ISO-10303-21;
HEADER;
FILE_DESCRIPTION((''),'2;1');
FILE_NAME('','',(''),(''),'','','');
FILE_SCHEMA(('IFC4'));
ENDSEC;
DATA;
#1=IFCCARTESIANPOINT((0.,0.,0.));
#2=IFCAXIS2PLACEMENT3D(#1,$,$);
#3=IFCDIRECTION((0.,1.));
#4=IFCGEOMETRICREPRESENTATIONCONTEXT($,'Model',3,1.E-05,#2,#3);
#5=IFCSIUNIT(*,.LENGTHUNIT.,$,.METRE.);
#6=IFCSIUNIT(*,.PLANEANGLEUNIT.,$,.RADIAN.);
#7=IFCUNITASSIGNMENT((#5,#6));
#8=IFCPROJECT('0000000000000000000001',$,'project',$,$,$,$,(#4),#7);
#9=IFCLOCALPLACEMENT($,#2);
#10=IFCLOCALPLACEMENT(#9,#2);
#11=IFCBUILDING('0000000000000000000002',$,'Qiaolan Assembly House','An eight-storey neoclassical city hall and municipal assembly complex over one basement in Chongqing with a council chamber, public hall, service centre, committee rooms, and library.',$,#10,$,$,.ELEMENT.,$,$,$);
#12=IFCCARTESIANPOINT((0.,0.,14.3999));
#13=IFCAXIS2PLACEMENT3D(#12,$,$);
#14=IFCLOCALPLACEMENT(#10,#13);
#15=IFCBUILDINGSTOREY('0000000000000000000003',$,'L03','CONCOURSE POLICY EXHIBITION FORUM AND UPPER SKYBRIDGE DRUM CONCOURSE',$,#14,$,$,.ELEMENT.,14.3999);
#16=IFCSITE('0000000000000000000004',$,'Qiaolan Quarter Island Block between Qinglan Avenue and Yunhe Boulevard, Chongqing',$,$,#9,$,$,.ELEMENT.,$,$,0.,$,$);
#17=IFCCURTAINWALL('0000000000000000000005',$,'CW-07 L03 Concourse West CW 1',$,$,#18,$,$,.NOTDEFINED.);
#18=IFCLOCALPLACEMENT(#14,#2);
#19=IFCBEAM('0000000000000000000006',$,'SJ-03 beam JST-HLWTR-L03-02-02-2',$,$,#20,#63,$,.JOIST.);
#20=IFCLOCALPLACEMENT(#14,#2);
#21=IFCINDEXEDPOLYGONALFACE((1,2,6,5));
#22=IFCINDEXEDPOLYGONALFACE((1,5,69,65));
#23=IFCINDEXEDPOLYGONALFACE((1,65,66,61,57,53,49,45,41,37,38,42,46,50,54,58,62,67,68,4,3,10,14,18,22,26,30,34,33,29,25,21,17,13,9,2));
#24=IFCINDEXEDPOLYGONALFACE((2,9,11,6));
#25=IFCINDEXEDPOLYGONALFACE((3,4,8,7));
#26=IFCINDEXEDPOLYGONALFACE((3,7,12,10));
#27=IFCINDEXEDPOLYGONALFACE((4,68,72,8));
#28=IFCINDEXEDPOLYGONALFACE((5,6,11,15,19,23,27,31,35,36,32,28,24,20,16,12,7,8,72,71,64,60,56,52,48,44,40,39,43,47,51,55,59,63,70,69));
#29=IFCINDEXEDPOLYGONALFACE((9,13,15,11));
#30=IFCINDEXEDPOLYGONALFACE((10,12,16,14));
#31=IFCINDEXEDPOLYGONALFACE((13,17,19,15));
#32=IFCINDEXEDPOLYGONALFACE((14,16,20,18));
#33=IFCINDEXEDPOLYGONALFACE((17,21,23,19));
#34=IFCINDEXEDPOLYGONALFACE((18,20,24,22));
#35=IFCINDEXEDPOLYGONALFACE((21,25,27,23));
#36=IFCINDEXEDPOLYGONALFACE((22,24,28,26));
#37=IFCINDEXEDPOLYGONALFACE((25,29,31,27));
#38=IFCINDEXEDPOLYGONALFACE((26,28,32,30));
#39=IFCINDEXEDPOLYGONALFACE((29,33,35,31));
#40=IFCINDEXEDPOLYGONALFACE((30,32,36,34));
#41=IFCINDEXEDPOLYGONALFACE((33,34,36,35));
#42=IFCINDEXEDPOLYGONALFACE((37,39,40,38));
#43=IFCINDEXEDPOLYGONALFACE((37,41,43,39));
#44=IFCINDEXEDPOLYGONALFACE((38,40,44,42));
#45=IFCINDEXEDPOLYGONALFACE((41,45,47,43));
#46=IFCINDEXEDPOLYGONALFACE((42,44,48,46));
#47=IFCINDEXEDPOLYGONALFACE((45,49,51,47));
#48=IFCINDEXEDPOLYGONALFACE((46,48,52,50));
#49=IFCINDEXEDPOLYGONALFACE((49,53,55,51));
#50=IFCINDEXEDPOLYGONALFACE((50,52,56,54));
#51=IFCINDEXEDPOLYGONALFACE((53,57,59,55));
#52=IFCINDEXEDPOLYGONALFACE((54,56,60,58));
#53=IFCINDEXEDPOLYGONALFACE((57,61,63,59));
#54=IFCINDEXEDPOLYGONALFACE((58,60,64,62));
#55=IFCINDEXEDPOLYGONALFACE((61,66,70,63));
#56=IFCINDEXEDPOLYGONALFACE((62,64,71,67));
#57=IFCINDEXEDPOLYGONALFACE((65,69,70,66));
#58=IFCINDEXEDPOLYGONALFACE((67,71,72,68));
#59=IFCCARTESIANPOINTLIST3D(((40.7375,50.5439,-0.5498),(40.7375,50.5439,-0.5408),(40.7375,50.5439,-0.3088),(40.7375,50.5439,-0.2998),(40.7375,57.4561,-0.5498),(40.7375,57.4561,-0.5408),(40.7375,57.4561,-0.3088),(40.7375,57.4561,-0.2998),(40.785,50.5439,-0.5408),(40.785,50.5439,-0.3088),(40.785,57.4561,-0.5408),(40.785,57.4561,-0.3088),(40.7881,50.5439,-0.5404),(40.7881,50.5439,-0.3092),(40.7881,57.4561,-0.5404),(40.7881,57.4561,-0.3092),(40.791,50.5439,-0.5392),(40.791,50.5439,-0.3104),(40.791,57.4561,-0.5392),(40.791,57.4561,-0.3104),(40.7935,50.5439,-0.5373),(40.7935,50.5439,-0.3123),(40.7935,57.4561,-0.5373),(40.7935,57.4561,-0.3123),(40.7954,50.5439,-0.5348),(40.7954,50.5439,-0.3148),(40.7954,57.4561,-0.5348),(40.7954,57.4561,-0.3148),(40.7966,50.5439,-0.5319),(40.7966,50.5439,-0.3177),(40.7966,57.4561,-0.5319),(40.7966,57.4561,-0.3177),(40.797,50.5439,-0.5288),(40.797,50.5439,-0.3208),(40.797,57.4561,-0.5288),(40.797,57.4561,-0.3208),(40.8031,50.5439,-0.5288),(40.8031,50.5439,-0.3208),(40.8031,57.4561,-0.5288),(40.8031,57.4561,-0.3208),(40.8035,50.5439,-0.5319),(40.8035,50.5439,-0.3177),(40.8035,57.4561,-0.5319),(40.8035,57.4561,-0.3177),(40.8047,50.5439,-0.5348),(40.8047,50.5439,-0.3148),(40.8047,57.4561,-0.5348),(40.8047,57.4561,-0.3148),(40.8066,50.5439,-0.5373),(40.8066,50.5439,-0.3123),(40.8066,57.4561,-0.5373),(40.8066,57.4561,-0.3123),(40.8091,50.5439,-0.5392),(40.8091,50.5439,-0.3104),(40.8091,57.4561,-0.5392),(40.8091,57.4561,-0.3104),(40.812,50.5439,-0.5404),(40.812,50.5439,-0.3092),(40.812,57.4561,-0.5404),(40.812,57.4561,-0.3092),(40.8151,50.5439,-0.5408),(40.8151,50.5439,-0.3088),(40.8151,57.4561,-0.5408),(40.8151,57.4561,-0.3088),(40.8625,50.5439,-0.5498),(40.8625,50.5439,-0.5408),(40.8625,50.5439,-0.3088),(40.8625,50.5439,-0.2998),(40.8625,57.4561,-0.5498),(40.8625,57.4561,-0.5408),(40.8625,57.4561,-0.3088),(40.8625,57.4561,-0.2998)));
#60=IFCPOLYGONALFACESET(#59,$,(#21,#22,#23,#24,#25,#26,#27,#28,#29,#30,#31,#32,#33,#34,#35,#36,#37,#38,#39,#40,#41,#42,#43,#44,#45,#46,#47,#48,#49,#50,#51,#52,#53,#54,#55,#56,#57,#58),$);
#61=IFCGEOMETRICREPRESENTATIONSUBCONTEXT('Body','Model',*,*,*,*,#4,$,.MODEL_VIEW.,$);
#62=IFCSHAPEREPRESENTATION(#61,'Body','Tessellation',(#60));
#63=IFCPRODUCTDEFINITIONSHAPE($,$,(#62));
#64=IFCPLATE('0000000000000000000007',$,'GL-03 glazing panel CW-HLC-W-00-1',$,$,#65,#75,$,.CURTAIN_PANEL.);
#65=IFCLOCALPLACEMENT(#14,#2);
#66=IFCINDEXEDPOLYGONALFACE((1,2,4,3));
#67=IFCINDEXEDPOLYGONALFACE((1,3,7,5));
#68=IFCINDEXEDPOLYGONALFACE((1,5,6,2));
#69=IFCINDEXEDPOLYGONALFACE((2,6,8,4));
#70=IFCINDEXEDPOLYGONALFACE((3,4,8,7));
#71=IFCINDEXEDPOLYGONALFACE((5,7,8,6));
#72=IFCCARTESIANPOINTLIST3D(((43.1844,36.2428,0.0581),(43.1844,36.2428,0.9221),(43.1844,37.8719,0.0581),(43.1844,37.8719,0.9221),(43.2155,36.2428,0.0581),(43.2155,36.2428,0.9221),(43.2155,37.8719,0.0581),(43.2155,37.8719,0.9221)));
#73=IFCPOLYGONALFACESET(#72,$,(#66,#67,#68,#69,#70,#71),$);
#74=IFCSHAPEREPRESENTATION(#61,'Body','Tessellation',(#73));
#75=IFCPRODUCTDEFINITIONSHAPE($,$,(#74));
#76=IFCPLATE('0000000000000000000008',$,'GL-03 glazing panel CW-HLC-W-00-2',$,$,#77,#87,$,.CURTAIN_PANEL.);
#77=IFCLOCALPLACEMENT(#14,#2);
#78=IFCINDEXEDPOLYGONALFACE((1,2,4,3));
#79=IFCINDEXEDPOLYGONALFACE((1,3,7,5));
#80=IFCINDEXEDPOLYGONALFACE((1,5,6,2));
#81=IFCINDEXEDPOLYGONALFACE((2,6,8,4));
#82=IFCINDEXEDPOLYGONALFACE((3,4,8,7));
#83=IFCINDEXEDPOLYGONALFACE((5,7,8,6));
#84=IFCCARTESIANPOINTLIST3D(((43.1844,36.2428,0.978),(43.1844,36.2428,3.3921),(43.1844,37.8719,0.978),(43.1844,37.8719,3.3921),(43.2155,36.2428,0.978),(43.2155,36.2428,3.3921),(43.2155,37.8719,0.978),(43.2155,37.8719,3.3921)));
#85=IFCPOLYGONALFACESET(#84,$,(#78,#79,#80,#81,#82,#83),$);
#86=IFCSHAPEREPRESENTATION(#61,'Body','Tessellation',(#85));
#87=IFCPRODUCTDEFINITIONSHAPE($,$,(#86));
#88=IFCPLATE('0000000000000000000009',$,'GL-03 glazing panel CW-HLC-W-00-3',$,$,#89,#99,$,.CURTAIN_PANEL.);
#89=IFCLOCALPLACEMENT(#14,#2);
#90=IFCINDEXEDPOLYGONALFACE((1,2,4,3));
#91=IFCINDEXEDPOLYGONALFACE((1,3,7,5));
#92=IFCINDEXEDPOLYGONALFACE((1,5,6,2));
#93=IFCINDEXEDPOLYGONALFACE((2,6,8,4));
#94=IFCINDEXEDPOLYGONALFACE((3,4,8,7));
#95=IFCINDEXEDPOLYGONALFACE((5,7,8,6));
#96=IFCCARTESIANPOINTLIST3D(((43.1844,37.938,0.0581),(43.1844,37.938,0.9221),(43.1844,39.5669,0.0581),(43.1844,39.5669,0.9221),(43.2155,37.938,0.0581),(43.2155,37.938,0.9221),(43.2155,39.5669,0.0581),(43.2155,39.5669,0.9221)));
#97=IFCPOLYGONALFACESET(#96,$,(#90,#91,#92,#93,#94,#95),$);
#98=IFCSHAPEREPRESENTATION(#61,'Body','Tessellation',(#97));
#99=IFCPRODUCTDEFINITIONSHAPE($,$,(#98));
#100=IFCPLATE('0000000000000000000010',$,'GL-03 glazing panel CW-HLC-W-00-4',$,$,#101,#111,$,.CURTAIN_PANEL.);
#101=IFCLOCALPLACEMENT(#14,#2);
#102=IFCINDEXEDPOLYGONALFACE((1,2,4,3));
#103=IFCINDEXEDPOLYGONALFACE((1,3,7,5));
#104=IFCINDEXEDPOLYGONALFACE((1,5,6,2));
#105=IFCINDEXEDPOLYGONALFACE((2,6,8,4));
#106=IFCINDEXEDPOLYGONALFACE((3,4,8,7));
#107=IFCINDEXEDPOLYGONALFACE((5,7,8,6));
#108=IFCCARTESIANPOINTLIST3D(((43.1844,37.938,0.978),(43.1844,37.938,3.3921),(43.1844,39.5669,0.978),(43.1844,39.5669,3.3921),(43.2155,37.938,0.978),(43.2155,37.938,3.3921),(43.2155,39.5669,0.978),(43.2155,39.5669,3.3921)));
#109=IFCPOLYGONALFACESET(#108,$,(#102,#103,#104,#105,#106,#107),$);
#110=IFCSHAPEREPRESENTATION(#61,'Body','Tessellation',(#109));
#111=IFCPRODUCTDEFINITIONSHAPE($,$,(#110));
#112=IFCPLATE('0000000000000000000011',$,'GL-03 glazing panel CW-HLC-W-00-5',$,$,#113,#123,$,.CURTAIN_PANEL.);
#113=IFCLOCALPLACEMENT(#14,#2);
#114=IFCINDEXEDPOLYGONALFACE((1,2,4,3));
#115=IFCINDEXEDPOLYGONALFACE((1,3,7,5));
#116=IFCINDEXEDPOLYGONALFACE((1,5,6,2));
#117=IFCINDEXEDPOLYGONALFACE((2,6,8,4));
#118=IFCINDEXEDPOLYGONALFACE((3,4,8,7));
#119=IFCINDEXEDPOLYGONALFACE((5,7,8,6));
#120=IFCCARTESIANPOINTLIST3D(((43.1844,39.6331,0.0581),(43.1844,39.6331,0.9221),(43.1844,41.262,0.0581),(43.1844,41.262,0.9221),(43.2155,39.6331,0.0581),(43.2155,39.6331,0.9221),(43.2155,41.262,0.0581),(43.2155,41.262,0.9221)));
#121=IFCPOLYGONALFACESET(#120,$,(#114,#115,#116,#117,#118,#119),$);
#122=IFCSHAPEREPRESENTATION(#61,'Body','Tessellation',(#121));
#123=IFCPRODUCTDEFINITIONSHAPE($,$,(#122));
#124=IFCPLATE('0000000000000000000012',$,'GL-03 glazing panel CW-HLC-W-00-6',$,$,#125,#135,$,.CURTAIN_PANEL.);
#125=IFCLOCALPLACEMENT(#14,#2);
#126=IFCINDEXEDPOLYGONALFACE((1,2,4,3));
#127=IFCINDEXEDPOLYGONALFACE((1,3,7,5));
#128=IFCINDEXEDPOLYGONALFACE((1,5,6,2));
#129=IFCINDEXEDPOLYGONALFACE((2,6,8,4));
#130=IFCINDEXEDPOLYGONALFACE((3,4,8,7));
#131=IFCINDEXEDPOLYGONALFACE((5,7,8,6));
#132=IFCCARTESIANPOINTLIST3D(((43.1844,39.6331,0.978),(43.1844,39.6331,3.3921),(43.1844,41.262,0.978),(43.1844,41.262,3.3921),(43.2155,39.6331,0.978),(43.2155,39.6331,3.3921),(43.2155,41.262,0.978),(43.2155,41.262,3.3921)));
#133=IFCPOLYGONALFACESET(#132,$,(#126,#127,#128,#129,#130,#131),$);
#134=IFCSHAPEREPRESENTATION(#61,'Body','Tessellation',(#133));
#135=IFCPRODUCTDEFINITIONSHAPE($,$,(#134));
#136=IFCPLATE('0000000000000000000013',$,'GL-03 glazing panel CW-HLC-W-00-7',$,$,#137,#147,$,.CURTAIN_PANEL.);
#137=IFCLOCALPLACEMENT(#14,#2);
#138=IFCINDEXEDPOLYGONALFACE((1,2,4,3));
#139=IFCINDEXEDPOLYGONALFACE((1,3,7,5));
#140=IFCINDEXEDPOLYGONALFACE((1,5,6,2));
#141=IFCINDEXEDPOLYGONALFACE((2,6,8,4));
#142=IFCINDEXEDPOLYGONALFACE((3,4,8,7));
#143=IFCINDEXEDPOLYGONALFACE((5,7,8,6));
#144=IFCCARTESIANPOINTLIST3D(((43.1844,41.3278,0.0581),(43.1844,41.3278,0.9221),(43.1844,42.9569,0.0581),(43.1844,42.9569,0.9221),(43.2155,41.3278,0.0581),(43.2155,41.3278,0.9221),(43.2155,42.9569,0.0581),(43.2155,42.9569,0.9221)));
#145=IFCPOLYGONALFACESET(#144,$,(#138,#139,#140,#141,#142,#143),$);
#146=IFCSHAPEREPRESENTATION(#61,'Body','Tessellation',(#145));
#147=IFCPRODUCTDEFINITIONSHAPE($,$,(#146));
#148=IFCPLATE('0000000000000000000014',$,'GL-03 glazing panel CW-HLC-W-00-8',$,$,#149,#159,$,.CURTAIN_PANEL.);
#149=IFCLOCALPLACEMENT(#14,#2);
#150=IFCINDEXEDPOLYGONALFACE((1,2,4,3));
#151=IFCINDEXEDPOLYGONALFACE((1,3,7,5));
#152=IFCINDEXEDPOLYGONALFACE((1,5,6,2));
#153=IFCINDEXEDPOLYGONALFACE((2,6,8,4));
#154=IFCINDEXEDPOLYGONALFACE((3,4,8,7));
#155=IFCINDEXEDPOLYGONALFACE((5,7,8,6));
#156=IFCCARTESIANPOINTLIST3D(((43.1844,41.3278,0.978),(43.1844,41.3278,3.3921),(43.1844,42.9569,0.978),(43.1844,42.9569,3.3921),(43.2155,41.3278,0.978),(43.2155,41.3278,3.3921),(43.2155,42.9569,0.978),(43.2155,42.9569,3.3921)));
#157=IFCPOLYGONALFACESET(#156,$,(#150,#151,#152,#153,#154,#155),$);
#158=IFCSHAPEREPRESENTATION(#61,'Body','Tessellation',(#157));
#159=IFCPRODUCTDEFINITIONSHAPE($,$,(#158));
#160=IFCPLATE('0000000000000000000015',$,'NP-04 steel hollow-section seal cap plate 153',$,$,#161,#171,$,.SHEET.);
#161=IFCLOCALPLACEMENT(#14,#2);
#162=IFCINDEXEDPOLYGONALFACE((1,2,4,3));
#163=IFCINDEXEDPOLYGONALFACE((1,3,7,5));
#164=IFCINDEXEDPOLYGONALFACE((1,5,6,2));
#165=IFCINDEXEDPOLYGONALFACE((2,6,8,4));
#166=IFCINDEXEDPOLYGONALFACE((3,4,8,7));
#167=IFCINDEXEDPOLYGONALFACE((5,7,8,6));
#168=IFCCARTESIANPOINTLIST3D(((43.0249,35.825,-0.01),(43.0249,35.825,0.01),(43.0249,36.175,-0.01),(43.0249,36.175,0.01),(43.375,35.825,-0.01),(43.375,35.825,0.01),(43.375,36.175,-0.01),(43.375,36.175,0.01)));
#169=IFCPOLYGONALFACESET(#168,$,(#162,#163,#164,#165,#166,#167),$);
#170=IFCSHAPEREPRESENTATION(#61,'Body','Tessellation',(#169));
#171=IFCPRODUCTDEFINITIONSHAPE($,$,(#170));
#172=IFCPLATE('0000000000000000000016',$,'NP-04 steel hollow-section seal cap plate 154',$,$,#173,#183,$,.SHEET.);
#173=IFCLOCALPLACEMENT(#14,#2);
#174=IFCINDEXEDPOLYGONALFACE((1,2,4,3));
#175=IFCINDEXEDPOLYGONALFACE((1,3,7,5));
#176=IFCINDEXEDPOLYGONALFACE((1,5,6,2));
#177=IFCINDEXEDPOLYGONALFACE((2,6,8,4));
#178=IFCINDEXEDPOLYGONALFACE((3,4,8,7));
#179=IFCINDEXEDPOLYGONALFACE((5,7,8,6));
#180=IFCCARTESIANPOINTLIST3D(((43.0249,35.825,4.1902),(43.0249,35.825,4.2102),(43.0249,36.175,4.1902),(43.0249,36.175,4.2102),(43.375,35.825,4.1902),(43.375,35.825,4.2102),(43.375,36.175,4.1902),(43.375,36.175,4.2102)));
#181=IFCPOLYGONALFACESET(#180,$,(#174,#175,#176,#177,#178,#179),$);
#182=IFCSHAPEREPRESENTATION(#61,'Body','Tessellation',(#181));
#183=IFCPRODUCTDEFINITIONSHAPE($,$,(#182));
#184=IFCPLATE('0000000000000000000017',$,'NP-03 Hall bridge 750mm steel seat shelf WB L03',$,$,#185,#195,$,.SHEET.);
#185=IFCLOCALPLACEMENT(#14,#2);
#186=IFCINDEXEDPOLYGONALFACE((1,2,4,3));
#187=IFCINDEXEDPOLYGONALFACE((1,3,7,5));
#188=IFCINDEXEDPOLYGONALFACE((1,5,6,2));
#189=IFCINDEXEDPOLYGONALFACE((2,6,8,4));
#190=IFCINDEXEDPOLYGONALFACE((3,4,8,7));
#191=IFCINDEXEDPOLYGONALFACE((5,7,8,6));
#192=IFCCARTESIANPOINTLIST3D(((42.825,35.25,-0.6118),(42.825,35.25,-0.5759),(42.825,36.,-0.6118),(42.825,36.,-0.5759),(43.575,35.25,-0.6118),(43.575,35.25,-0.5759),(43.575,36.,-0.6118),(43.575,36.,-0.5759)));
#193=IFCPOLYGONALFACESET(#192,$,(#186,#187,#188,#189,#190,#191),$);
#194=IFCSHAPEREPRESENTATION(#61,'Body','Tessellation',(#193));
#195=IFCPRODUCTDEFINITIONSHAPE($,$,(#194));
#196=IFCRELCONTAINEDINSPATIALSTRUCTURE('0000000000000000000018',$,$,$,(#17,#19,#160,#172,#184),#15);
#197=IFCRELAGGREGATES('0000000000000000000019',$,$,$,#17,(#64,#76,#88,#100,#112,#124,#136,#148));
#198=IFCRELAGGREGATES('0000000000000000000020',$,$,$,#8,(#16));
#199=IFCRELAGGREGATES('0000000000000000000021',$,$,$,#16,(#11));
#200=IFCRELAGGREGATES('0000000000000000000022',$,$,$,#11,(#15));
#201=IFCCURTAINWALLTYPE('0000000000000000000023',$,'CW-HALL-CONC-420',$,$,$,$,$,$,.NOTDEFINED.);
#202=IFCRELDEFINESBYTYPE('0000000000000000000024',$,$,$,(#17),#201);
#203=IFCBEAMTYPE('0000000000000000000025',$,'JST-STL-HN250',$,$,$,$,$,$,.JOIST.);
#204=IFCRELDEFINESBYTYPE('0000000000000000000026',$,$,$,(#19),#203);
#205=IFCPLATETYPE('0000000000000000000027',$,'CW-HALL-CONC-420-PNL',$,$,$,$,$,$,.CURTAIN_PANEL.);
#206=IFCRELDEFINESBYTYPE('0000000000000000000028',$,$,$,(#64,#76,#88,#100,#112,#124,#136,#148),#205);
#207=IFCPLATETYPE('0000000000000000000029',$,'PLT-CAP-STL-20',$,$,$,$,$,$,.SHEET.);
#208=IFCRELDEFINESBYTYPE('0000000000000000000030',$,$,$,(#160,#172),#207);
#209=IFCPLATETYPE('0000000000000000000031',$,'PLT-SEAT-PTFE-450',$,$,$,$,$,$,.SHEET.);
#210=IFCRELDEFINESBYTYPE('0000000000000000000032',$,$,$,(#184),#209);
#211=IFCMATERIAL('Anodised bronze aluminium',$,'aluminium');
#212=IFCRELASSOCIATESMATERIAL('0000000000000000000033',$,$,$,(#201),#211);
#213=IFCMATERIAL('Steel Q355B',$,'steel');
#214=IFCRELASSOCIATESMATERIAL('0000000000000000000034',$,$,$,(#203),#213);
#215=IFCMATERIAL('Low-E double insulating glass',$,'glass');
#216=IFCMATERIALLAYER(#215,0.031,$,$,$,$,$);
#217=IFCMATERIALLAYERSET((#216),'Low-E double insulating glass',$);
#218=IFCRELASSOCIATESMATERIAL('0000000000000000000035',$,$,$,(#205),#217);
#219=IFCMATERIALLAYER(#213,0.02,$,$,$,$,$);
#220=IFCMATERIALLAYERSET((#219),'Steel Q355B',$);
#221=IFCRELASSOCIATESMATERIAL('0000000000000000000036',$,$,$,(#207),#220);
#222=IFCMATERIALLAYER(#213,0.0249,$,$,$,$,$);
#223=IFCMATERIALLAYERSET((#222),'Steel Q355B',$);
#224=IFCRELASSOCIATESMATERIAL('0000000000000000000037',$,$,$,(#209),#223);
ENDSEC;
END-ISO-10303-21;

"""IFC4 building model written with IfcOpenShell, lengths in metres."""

from ifc_helpers import new_model, si_unit, direction, frame, frame_2d, origin, origin_2d, place, context, subcontext, project, spatial, rectangle, i_section, extrude, material, layer, layer_set, material_profile, profile_set, type_object, element, aggregate, save


model = new_model("IFC4")

# Units and contexts
model_context = context("Model", 3, precision=1e-05, world=origin(), true_north=direction((0.0, 1.0)))
body_context = subcontext(model_context, "Body", "Model", "MODEL_VIEW")
ifc_project = project(units=[si_unit("LENGTHUNIT", "METRE"), si_unit("PLANEANGLEUNIT", "RADIAN")], contexts=[model_context])

# Site, building, storey
site_placement = place(None, origin())
site = spatial("IfcSite", under=ifc_project, at=site_placement, Name="Qiaolan Quarter Island Block between Qinglan Avenue and Yunhe Boulevard, Chongqing", CompositionType="ELEMENT", RefElevation=0.0)
building_placement = place(site_placement, origin())
building = spatial("IfcBuilding", under=site, at=building_placement, Name="Qiaolan Assembly House", Description="An eight-storey neoclassical city hall and municipal assembly complex over one basement in Chongqing with a council chamber, public hall, service centre, committee rooms, and library.", CompositionType="ELEMENT")
storey_placement = place(building_placement, frame((0.0, 0.0, 14.3999)))
storey = spatial("IfcBuildingStorey", under=building, at=storey_placement, Name="L03", Description="CONCOURSE POLICY EXHIBITION FORUM AND UPPER SKYBRIDGE DRUM CONCOURSE", CompositionType="ELEMENT", Elevation=14.3999)

# Shared definitions
ifc_material_1 = material(Name="Steel Q355B", Category="steel")

# Curtain wall
ifc_material_2 = material(Name="Anodised bronze aluminium", Category="aluminium")
curtain_wall_type = type_object("IfcCurtainWallType", Name="CW-HALL-CONC-420", PredefinedType="NOTDEFINED", material=ifc_material_2)
curtain_wall_placement = place(storey_placement, origin())
curtain_wall = element("IfcCurtainWall", 1, at=curtain_wall_placement, inside=storey, type_object=curtain_wall_type, Name="CW-07 L03 Concourse West CW 1", PredefinedType="NOTDEFINED")

# Beam
ifc_material_profile_1 = material_profile(ifc_material_1, i_section(OverallWidth=0.125, OverallDepth=0.25, WebThickness=0.0061, FlangeThickness=0.009, FilletRadius=0.012, at=origin_2d()), Name="HN 250x125x6x9")
ifc_profile_set_1 = profile_set([ifc_material_profile_1], Name="Steel Q355B")
beam_type_1 = type_object("IfcBeamType", Name="JST-STL-HN250", PredefinedType="JOIST", material=ifc_profile_set_1)
for number, where, z_axis, x_axis, name in (
    (2, (40.8, 50.5439, -0.4248), (0.0, 1.0, 0.0), (-1.0, 0.0, 0.0), "SJ-03 beam JST-HLWTR-L03-02-02-2"),
):
    element("IfcBeam", number, at=place(storey_placement, frame(where, z_axis=z_axis, x_axis=x_axis)), inside=storey, type_object=beam_type_1, Name=name, PredefinedType="JOIST", context=body_context, shape_type="SweptSolid", body=[
        extrude(i_section(OverallWidth=0.125, OverallDepth=0.25, WebThickness=0.0061, FlangeThickness=0.009, FilletRadius=0.012, at=origin_2d()), origin(), (0.0, 0.0, 1.0), 6.9121),
    ])

# Plates
ifc_material_3 = material(Name="Low-E double insulating glass", Category="glass")
ifc_layer_1 = layer(ifc_material_3, 0.031)
ifc_layer_set_1 = layer_set([ifc_layer_1], Name="Low-E double insulating glass")
plate_type_1 = type_object("IfcPlateType", Name="CW-HALL-CONC-420-PNL", PredefinedType="CURTAIN_PANEL", material=ifc_layer_set_1)
plate_1_placement = place(storey_placement, frame((43.2, 36.2429, 0.0581), z_axis=(0.0, 0.0, 1.0), x_axis=(0.0, 1.0, 0.0)))
plate_1 = element("IfcPlate", 3, at=plate_1_placement, type_object=plate_type_1, Name="GL-03 glazing panel CW-HLC-W-00-1", PredefinedType="CURTAIN_PANEL", context=body_context, shape_type="SweptSolid", body=[
    extrude(rectangle(XDim=1.6292, YDim=0.031, at=frame_2d((0.8145, 0.0))), origin(), (0.0, 0.0, 1.0), 0.864),
])
plate_2_placement = place(storey_placement, frame((43.2, 36.2429, 0.978), z_axis=(0.0, 0.0, 1.0), x_axis=(0.0, 1.0, 0.0)))
plate_2 = element("IfcPlate", 4, at=plate_2_placement, type_object=plate_type_1, Name="GL-03 glazing panel CW-HLC-W-00-2", PredefinedType="CURTAIN_PANEL", context=body_context, shape_type="SweptSolid", body=[
    extrude(rectangle(XDim=1.6292, YDim=0.031, at=frame_2d((0.8145, 0.0))), origin(), (0.0, 0.0, 1.0), 2.4141),
])
plate_3_placement = place(storey_placement, frame((43.2, 37.938, 0.0581), z_axis=(0.0, 0.0, 1.0), x_axis=(0.0, 1.0, 0.0)))
plate_3 = element("IfcPlate", 5, at=plate_3_placement, type_object=plate_type_1, Name="GL-03 glazing panel CW-HLC-W-00-3", PredefinedType="CURTAIN_PANEL", context=body_context, shape_type="SweptSolid", body=[
    extrude(rectangle(XDim=1.6289, YDim=0.031, at=frame_2d((0.8145, 0.0))), origin(), (0.0, 0.0, 1.0), 0.864),
])
plate_4_placement = place(storey_placement, frame((43.2, 37.938, 0.978), z_axis=(0.0, 0.0, 1.0), x_axis=(0.0, 1.0, 0.0)))
plate_4 = element("IfcPlate", 6, at=plate_4_placement, type_object=plate_type_1, Name="GL-03 glazing panel CW-HLC-W-00-4", PredefinedType="CURTAIN_PANEL", context=body_context, shape_type="SweptSolid", body=[
    extrude(rectangle(XDim=1.6289, YDim=0.031, at=frame_2d((0.8145, 0.0))), origin(), (0.0, 0.0, 1.0), 2.4141),
])
plate_5_placement = place(storey_placement, frame((43.2, 39.6331, 0.0581), z_axis=(0.0, 0.0, 1.0), x_axis=(0.0, 1.0, 0.0)))
plate_5 = element("IfcPlate", 7, at=plate_5_placement, type_object=plate_type_1, Name="GL-03 glazing panel CW-HLC-W-00-5", PredefinedType="CURTAIN_PANEL", context=body_context, shape_type="SweptSolid", body=[
    extrude(rectangle(XDim=1.6289, YDim=0.031, at=frame_2d((0.8145, 0.0))), origin(), (0.0, 0.0, 1.0), 0.864),
])
plate_6_placement = place(storey_placement, frame((43.2, 39.6331, 0.978), z_axis=(0.0, 0.0, 1.0), x_axis=(0.0, 1.0, 0.0)))
plate_6 = element("IfcPlate", 8, at=plate_6_placement, type_object=plate_type_1, Name="GL-03 glazing panel CW-HLC-W-00-6", PredefinedType="CURTAIN_PANEL", context=body_context, shape_type="SweptSolid", body=[
    extrude(rectangle(XDim=1.6289, YDim=0.031, at=frame_2d((0.8145, 0.0))), origin(), (0.0, 0.0, 1.0), 2.4141),
])
plate_7_placement = place(storey_placement, frame((43.2, 41.3279, 0.0581), z_axis=(0.0, 0.0, 1.0), x_axis=(0.0, 1.0, 0.0)))
plate_7 = element("IfcPlate", 9, at=plate_7_placement, type_object=plate_type_1, Name="GL-03 glazing panel CW-HLC-W-00-7", PredefinedType="CURTAIN_PANEL", context=body_context, shape_type="SweptSolid", body=[
    extrude(rectangle(XDim=1.6292, YDim=0.031, at=frame_2d((0.8145, 0.0))), origin(), (0.0, 0.0, 1.0), 0.864),
])
plate_8_placement = place(storey_placement, frame((43.2, 41.3279, 0.978), z_axis=(0.0, 0.0, 1.0), x_axis=(0.0, 1.0, 0.0)))
plate_8 = element("IfcPlate", 10, at=plate_8_placement, type_object=plate_type_1, Name="GL-03 glazing panel CW-HLC-W-00-8", PredefinedType="CURTAIN_PANEL", context=body_context, shape_type="SweptSolid", body=[
    extrude(rectangle(XDim=1.6292, YDim=0.031, at=frame_2d((0.8145, 0.0))), origin(), (0.0, 0.0, 1.0), 2.4141),
])
aggregate(curtain_wall, [plate_1, plate_2, plate_3, plate_4, plate_5, plate_6, plate_7, plate_8])

# Plates
ifc_layer_2 = layer(ifc_material_1, 0.02)
ifc_layer_set_2 = layer_set([ifc_layer_2], Name="Steel Q355B")
plate_type_2 = type_object("IfcPlateType", Name="PLT-CAP-STL-20", PredefinedType="SHEET", material=ifc_layer_set_2)
for number, where, z_axis, x_axis, name in (
    (11, (43.2, 36.0, -0.01), (0.0, 0.0, 1.0), (1.0, 0.0, 0.0), "NP-04 steel hollow-section seal cap plate 153"),
    (12, (43.2, 36.0, 4.1902), (0.0, 0.0, 1.0), (1.0, 0.0, 0.0), "NP-04 steel hollow-section seal cap plate 154"),
):
    element("IfcPlate", number, at=place(storey_placement, frame(where, z_axis=z_axis, x_axis=x_axis)), inside=storey, type_object=plate_type_2, Name=name, PredefinedType="SHEET", context=body_context, shape_type="SweptSolid", body=[
        extrude(rectangle(XDim=0.3501, YDim=0.3501, at=origin_2d()), origin(), (0.0, 0.0, 1.0), 0.02),
    ])
ifc_layer_3 = layer(ifc_material_1, 0.0249)
ifc_layer_set_3 = layer_set([ifc_layer_3], Name="Steel Q355B")
plate_type_3 = type_object("IfcPlateType", Name="PLT-SEAT-PTFE-450", PredefinedType="SHEET", material=ifc_layer_set_3)
plate_9_placement = place(storey_placement, frame((43.2, 35.625, -0.6118), z_axis=(0.0, 0.0, 1.0), x_axis=(1.0, 0.0, 0.0)))
element("IfcPlate", 13, at=plate_9_placement, inside=storey, type_object=plate_type_3, Name="NP-03 Hall bridge 750mm steel seat shelf WB L03", PredefinedType="SHEET", context=body_context, shape_type="SweptSolid", body=[
    extrude(rectangle(XDim=0.75, YDim=0.75, at=origin_2d()), origin(), (0.0, 0.0, 1.0), 0.0359),
])

save(model, "model.ifc")
